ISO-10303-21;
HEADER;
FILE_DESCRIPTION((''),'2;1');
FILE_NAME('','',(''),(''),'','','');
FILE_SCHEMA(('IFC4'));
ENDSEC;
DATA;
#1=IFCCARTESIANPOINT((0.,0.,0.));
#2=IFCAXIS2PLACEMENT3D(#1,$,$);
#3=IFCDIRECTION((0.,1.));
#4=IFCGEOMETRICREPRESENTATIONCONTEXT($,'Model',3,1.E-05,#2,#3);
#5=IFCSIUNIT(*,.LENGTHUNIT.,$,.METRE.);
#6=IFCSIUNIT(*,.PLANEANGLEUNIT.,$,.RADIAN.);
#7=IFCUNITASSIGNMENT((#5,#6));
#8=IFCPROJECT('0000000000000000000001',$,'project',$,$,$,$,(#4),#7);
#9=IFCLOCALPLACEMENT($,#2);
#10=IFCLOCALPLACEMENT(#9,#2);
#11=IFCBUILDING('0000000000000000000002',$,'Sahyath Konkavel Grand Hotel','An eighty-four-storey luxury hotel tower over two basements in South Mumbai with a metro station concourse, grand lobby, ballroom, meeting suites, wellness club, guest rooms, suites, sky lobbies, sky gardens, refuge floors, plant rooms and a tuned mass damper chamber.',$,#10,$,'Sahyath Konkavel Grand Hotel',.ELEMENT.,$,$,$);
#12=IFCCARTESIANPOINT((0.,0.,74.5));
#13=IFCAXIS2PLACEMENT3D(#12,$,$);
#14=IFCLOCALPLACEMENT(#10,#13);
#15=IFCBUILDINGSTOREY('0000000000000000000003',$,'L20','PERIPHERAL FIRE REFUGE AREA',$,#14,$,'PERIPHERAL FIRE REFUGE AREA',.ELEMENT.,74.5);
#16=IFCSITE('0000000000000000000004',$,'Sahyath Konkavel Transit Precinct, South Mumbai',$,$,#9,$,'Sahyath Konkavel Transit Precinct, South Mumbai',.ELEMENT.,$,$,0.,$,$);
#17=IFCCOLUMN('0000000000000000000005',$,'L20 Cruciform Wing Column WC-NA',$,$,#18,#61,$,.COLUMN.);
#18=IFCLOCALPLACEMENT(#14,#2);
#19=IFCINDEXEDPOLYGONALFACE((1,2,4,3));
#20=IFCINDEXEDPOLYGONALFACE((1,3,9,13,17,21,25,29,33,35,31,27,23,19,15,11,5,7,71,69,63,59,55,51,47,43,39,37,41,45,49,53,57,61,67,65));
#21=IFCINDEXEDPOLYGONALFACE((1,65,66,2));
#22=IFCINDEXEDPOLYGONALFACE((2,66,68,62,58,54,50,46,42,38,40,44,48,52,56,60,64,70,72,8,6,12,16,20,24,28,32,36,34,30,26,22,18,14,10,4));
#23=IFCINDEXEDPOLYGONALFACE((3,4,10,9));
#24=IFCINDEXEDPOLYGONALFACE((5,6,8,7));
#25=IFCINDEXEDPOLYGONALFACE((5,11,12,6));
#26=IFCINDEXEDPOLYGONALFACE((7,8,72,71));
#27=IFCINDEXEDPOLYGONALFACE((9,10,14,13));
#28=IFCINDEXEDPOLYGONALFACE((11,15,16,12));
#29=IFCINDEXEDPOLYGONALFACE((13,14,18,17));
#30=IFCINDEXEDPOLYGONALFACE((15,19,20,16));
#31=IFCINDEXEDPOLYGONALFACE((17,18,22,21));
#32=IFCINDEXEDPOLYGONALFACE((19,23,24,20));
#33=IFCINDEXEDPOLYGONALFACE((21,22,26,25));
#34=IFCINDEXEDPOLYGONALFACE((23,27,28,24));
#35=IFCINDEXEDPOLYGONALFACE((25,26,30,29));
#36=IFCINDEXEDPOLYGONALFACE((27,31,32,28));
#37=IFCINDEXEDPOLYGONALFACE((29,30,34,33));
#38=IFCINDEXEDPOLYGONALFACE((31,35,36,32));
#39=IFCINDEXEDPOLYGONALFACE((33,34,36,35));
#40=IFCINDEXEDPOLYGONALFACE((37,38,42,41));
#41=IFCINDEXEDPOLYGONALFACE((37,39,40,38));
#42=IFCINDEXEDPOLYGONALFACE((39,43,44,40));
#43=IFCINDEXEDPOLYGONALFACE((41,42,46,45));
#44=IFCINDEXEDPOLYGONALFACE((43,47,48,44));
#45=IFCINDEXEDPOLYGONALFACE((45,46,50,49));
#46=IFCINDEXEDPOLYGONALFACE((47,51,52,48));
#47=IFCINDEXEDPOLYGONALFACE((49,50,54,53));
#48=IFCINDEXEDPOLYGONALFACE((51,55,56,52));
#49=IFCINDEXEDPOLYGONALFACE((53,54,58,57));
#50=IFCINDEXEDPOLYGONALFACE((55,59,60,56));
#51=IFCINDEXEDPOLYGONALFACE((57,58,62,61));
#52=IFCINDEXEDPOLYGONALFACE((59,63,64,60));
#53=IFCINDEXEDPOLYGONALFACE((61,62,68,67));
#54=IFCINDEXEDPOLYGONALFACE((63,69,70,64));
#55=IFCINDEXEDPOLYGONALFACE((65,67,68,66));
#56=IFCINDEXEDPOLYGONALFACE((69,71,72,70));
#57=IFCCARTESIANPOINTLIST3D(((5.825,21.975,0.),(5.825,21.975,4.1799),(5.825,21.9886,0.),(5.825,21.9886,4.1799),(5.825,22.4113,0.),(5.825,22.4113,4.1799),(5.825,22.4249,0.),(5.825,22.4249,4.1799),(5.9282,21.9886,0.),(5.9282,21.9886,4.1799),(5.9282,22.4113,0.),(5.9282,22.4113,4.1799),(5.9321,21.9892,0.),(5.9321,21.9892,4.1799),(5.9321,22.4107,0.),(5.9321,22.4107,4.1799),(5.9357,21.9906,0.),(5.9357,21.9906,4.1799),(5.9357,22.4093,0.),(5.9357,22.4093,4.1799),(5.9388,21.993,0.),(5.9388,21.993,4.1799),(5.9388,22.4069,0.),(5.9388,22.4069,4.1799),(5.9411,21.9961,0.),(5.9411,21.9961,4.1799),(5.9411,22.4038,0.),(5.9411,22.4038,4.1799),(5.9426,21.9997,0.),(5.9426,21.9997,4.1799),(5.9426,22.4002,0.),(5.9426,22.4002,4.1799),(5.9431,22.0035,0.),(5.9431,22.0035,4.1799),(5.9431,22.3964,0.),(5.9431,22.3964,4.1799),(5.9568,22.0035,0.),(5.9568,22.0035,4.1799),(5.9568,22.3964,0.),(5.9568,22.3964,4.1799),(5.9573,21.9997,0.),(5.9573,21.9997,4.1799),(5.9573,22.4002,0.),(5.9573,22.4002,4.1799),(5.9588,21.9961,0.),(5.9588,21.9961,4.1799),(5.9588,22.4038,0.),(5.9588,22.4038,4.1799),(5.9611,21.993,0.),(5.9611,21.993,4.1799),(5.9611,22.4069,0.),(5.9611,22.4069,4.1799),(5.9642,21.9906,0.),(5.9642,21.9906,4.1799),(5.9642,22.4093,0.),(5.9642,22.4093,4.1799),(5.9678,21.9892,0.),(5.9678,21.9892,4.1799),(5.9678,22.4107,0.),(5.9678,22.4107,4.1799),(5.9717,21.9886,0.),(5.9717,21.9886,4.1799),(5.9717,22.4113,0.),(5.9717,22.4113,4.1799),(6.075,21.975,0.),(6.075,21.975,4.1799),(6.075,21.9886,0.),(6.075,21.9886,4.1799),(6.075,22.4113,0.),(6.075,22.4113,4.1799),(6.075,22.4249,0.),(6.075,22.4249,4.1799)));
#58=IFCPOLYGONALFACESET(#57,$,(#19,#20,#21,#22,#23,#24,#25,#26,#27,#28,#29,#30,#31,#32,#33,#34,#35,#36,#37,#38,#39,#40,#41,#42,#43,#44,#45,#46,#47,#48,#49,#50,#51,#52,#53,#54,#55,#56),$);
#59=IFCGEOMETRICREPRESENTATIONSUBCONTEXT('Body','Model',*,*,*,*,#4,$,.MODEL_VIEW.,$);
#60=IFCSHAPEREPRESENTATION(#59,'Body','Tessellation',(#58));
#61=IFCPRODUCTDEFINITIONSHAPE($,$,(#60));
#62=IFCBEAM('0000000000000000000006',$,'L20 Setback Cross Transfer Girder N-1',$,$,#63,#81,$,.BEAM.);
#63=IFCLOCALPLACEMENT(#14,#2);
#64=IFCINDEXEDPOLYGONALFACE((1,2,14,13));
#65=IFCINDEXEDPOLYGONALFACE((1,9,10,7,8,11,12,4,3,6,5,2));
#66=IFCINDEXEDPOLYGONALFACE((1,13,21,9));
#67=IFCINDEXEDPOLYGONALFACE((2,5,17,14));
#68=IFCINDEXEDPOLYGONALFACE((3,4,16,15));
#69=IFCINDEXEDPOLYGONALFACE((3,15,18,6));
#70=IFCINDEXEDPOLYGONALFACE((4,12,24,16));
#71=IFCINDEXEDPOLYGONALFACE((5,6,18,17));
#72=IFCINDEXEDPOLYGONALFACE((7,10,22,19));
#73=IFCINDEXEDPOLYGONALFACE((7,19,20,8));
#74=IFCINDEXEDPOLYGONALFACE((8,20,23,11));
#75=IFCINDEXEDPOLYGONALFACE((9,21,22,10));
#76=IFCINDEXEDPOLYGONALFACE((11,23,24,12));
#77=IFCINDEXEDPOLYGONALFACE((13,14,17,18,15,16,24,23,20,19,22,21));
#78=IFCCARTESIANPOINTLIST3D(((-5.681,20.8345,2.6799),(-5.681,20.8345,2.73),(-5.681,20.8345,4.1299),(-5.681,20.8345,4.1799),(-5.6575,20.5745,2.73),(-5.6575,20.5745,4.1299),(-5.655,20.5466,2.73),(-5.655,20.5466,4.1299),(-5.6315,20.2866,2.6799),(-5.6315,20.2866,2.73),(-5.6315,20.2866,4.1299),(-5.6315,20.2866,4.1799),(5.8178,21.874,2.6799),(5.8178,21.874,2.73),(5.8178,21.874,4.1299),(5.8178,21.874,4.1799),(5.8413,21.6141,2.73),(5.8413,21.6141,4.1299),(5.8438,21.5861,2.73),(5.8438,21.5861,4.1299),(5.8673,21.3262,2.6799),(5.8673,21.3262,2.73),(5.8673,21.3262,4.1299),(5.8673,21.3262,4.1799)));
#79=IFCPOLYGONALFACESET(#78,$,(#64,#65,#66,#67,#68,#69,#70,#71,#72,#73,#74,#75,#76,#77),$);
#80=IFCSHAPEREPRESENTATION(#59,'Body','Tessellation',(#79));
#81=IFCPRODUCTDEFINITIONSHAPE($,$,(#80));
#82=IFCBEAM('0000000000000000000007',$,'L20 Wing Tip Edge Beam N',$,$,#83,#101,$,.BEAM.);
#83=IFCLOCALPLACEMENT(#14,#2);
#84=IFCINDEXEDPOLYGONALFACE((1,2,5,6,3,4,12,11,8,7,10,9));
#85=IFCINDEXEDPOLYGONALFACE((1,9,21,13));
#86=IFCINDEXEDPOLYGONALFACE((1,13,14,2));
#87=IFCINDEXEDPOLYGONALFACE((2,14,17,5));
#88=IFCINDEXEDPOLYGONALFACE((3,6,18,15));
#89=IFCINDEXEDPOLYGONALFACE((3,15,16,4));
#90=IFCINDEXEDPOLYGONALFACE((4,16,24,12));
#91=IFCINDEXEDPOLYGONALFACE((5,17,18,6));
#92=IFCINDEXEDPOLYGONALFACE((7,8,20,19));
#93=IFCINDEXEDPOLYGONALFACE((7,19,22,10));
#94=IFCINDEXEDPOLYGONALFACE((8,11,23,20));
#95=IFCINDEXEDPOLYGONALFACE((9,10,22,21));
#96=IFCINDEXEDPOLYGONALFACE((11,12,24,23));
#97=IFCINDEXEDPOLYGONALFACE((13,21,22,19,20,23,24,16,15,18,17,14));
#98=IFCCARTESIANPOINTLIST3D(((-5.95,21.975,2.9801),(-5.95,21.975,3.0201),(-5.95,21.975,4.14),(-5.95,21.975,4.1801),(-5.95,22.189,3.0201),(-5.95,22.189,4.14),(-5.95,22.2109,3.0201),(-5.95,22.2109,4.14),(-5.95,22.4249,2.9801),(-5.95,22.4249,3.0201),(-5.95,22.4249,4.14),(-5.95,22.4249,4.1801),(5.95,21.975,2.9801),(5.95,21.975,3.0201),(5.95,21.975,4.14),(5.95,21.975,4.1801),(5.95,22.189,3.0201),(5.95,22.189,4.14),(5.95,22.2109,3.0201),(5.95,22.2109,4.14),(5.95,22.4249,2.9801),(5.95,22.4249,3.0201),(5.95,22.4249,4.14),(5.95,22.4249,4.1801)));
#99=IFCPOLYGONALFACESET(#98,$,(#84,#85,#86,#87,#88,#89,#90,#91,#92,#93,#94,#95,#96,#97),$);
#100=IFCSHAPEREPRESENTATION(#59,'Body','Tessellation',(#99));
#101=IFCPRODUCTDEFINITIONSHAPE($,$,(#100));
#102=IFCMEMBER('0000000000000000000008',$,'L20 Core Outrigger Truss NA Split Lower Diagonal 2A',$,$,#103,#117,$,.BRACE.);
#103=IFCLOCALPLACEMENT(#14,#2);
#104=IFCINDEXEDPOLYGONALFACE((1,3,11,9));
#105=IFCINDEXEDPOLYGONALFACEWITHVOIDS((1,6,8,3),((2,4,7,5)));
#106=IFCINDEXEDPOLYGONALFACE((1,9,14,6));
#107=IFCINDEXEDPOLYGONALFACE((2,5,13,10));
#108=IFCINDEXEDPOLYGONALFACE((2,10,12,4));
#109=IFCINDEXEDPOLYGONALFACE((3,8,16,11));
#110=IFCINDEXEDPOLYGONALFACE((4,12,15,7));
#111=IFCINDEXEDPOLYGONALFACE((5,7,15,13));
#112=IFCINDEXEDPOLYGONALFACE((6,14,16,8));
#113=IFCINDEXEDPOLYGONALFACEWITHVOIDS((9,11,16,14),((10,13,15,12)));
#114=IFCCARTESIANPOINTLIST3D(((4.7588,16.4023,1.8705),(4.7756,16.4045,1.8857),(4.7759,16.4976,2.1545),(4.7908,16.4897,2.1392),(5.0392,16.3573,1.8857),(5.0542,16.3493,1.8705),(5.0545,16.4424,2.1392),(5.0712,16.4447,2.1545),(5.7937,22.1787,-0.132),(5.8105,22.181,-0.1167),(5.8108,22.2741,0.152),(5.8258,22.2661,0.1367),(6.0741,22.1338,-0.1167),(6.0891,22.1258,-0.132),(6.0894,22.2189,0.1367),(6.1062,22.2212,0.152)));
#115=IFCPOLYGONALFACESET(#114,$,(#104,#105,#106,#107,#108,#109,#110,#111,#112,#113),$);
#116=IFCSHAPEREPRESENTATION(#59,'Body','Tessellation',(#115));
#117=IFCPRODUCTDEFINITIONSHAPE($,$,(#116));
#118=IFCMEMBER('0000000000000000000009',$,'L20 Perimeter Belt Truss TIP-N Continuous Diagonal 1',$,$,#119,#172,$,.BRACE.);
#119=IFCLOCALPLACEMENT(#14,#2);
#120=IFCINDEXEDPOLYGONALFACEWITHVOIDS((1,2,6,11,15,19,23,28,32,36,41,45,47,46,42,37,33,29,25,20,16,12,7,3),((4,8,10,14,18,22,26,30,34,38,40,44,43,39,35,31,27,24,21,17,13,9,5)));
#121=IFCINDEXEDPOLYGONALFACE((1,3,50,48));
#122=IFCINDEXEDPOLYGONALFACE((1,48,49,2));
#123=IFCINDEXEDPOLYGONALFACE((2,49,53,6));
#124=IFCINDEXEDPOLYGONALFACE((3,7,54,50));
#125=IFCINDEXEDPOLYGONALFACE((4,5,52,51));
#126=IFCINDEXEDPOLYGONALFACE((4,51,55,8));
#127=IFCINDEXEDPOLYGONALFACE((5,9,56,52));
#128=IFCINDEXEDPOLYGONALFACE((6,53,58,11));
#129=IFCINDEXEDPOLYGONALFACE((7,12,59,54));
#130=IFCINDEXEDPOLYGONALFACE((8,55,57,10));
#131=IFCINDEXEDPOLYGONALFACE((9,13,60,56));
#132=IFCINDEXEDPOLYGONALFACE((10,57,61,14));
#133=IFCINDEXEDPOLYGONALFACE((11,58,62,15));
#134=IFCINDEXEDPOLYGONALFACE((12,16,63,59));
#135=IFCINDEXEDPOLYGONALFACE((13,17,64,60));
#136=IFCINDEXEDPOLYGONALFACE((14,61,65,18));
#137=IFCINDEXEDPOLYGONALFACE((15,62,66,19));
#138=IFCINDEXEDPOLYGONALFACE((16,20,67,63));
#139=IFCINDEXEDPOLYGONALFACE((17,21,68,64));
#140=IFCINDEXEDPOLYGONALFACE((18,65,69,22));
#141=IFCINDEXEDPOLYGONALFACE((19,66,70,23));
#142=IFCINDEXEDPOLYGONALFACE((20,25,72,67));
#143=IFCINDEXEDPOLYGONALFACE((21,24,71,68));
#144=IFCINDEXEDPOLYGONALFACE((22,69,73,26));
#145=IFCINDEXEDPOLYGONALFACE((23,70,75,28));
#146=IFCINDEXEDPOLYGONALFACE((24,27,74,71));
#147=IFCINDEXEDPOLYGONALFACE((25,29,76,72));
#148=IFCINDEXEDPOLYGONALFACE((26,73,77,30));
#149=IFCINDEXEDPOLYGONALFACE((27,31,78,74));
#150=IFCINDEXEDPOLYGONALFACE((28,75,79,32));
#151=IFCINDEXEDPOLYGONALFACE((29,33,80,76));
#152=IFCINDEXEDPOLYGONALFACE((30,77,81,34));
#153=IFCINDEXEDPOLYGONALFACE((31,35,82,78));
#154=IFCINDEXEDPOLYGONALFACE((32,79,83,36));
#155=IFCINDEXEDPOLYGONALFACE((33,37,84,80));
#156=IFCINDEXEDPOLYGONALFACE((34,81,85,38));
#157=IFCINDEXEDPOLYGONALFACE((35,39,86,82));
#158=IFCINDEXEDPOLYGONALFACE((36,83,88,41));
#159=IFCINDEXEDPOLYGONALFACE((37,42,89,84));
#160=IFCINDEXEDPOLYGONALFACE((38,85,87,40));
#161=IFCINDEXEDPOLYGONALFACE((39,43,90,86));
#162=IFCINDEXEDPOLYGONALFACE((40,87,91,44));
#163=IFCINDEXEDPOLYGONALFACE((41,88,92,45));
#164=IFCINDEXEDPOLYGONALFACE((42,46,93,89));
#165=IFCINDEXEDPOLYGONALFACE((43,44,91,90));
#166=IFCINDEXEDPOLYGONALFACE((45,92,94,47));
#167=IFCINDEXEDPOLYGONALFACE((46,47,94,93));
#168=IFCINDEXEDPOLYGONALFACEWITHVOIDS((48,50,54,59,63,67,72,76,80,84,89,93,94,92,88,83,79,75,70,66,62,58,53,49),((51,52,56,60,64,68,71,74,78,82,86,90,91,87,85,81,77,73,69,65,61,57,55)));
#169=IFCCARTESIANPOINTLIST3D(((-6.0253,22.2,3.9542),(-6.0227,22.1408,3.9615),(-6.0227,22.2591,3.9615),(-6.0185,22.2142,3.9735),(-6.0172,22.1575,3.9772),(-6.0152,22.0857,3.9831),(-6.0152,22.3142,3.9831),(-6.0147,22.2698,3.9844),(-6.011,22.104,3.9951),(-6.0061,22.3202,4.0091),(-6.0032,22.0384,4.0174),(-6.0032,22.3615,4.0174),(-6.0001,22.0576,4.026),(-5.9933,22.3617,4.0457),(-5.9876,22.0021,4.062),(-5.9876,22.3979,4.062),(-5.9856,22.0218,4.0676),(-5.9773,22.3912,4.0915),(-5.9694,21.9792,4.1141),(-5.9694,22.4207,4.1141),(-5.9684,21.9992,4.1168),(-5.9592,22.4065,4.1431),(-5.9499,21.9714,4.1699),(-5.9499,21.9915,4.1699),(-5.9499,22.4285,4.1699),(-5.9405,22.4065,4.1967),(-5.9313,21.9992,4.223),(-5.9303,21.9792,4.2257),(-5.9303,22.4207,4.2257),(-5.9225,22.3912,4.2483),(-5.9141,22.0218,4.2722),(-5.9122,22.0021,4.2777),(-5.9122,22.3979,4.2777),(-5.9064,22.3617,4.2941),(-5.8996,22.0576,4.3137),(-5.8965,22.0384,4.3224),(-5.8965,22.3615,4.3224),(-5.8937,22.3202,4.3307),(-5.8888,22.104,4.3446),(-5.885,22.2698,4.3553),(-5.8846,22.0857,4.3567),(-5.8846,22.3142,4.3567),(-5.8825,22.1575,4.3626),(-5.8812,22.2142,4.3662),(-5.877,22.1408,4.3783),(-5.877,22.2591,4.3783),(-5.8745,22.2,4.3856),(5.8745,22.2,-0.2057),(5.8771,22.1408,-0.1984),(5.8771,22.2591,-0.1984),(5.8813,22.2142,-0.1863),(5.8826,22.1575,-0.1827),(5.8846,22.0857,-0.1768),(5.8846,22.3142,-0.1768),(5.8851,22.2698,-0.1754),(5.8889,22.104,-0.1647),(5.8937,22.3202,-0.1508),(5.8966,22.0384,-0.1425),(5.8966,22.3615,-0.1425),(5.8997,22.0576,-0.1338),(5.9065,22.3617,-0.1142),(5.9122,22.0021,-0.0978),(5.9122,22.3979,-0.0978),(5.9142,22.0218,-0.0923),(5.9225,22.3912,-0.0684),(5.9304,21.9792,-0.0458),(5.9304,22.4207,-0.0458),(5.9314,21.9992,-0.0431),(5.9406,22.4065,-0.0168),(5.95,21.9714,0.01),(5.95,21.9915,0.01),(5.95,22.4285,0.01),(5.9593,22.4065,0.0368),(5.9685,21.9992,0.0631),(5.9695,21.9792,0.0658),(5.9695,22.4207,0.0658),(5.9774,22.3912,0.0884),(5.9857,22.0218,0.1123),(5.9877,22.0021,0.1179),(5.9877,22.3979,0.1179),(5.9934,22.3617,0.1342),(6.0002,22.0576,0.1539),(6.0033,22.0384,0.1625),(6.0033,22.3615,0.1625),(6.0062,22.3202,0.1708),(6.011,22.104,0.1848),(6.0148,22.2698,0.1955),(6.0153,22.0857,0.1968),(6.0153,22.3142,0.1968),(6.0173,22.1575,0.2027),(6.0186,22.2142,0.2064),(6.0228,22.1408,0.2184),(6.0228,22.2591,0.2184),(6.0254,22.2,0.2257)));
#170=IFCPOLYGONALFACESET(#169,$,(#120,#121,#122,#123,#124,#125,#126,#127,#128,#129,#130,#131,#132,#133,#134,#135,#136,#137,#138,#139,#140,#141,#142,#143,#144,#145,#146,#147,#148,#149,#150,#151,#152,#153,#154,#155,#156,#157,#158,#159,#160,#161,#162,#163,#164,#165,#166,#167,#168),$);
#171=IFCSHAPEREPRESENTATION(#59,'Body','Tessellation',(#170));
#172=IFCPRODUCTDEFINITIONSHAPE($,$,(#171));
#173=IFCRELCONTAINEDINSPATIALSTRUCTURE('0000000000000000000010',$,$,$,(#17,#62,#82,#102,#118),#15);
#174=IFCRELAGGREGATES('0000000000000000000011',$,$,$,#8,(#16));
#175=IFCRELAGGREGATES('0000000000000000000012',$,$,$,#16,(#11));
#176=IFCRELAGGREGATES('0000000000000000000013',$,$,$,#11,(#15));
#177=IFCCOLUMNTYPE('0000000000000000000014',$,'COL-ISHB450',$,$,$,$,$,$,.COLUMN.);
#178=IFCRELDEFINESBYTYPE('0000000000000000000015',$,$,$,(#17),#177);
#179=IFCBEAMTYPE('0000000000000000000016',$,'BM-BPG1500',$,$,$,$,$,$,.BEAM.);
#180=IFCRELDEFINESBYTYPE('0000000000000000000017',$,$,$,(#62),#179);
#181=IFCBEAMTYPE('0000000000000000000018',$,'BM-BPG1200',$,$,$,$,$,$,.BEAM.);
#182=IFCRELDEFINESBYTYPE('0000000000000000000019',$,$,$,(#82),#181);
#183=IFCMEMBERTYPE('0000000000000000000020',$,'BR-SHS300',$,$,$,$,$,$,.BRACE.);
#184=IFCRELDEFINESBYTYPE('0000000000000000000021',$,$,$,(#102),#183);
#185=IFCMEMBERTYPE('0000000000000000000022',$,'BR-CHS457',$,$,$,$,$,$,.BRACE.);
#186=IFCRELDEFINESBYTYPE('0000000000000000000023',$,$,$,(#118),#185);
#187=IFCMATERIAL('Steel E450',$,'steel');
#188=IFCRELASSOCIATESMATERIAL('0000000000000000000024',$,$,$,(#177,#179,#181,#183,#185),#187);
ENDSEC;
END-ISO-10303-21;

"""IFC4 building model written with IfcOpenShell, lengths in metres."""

from ifc_helpers import new_model, si_unit, direction, frame, origin, origin_2d, place, context, subcontext, project, spatial, hollow_rectangle, hollow_circle, i_section, extrude, source, transform, mapped, material, material_profile, profile_set, type_object, element, save


model = new_model("IFC4")

# Units and contexts
model_context = context("Model", 3, precision=1e-05, world=origin(), true_north=direction((0.0, 1.0)))
body_context = subcontext(model_context, "Body", "Model", "MODEL_VIEW")
ifc_project = project(units=[si_unit("LENGTHUNIT", "METRE"), si_unit("PLANEANGLEUNIT", "RADIAN")], contexts=[model_context])

# Site, building, storey
site_placement = place(None, origin())
site = spatial("IfcSite", under=ifc_project, at=site_placement, Name="Sahyath Konkavel Transit Precinct, South Mumbai", LongName="Sahyath Konkavel Transit Precinct, South Mumbai", CompositionType="ELEMENT", RefElevation=0.0)
building_placement = place(site_placement, origin())
building = spatial("IfcBuilding", under=site, at=building_placement, Name="Sahyath Konkavel Grand Hotel", Description="An eighty-four-storey luxury hotel tower over two basements in South Mumbai with a metro station concourse, grand lobby, ballroom, meeting suites, wellness club, guest rooms, suites, sky lobbies, sky gardens, refuge floors, plant rooms and a tuned mass damper chamber.", LongName="Sahyath Konkavel Grand Hotel", CompositionType="ELEMENT")
storey_placement = place(building_placement, frame((0.0, 0.0, 74.5)))
storey = spatial("IfcBuildingStorey", under=building, at=storey_placement, Name="L20", Description="PERIPHERAL FIRE REFUGE AREA", LongName="PERIPHERAL FIRE REFUGE AREA", CompositionType="ELEMENT", Elevation=74.5)

# Column
ifc_material_1 = material(Name="Steel E450", Category="steel")
ifc_material_profile_1 = material_profile(ifc_material_1, i_section(OverallWidth=0.25, OverallDepth=0.45, WebThickness=0.0137, FlangeThickness=0.0137, FilletRadius=0.0149, at=origin_2d()), Name="ISHB 450")
ifc_profile_set_1 = profile_set([ifc_material_profile_1], Name="Steel E450")
column_type = type_object("IfcColumnType", Name="COL-ISHB450", PredefinedType="COLUMN", material=ifc_profile_set_1)
shared_shape_1 = source(origin(), body_context, "Body", "SweptSolid", [
    extrude(i_section(OverallWidth=0.25, OverallDepth=0.45, WebThickness=0.0137, FlangeThickness=0.0137, FilletRadius=0.0149, at=origin_2d()), origin(), (0.0, 0.0, 1.0), 4.1799),
])
column_placement = place(storey_placement, frame((5.95, 22.2, 0.0), z_axis=(0.0, 0.0, 1.0), x_axis=(1.0, 0.0, 0.0)))
element("IfcColumn", 1, at=column_placement, inside=storey, type_object=column_type, Name="L20 Cruciform Wing Column WC-NA", PredefinedType="COLUMN", context=body_context, shape_type="MappedRepresentation", body=[
    mapped(shared_shape_1, transform((0.0, 0.0, 0.0), scale=1.0)),
])

# Beams
ifc_material_profile_2 = material_profile(ifc_material_1, i_section(OverallWidth=0.55, OverallDepth=1.5, WebThickness=0.0281, FlangeThickness=0.05, at=origin_2d()), Name="BPG 1500x550")
ifc_profile_set_2 = profile_set([ifc_material_profile_2], Name="Steel E450")
beam_type_1 = type_object("IfcBeamType", Name="BM-BPG1500", PredefinedType="BEAM", material=ifc_profile_set_2)
shared_shape_2 = source(origin(), body_context, "Body", "SweptSolid", [
    extrude(i_section(OverallWidth=0.55, OverallDepth=1.5, WebThickness=0.0281, FlangeThickness=0.05, at=origin_2d()), origin(), (0.0, 0.0, 1.0), 11.5457),
])
beam_1_placement = place(storey_placement, frame((5.8425, 21.6001, 3.4299), z_axis=(-0.995938, -0.090038, 0.0), x_axis=(0.090038, -0.995938, 0.0)))
element("IfcBeam", 2, at=beam_1_placement, inside=storey, type_object=beam_type_1, Name="L20 Setback Cross Transfer Girder N-1", PredefinedType="BEAM", context=body_context, shape_type="MappedRepresentation", body=[
    mapped(shared_shape_2, transform((0.0, 0.0, 0.0), scale=1.0)),
])
ifc_material_profile_3 = material_profile(ifc_material_1, i_section(OverallWidth=0.45, OverallDepth=1.2, WebThickness=0.022, FlangeThickness=0.04, at=origin_2d()), Name="BPG 1200x450")
ifc_profile_set_3 = profile_set([ifc_material_profile_3], Name="Steel E450")
beam_type_2 = type_object("IfcBeamType", Name="BM-BPG1200", PredefinedType="BEAM", material=ifc_profile_set_3)
shared_shape_3 = source(origin(), body_context, "Body", "SweptSolid", [
    extrude(i_section(OverallWidth=0.45, OverallDepth=1.2, WebThickness=0.022, FlangeThickness=0.04, at=origin_2d()), origin(), (0.0, 0.0, 1.0), 11.8999),
])
beam_2_placement = place(storey_placement, frame((5.95, 22.2, 3.5801), z_axis=(-1.0, 0.0, 0.0), x_axis=(0.0, -1.0, 0.0)))
element("IfcBeam", 3, at=beam_2_placement, inside=storey, type_object=beam_type_2, Name="L20 Wing Tip Edge Beam N", PredefinedType="BEAM", context=body_context, shape_type="MappedRepresentation", body=[
    mapped(shared_shape_3, transform((0.0, 0.0, 0.0), scale=1.0)),
])

# Members
ifc_material_profile_4 = material_profile(ifc_material_1, hollow_rectangle(XDim=0.3, YDim=0.3, WallThickness=0.0161, at=origin_2d()), Name="SHS 300x300x16")
ifc_profile_set_4 = profile_set([ifc_material_profile_4], Name="Steel E450")
member_type_1 = type_object("IfcMemberType", Name="BR-SHS300", PredefinedType="BRACE", material=ifc_profile_set_4)
shared_shape_4 = source(origin(), body_context, "Body", "SweptSolid", [
    extrude(hollow_rectangle(XDim=0.3, YDim=0.3, WallThickness=0.0161, at=origin_2d()), origin(), (0.0, 0.0, 1.0), 6.2007),
])
member_1_placement = place(storey_placement, frame((5.95, 22.2, 0.01), z_axis=(-0.166906, -0.931584, 0.322944), x_axis=(0.984327, -0.176355, 0.0)))
element("IfcMember", 4, at=member_1_placement, inside=storey, type_object=member_type_1, Name="L20 Core Outrigger Truss NA Split Lower Diagonal 2A", PredefinedType="BRACE", context=body_context, shape_type="MappedRepresentation", body=[
    mapped(shared_shape_4, transform((0.0, 0.0, 0.0), scale=1.0)),
])
ifc_material_profile_5 = material_profile(ifc_material_1, hollow_circle(Radius=0.2285, WallThickness=0.02, at=origin_2d()), Name="CHS 457.0x20")
ifc_profile_set_5 = profile_set([ifc_material_profile_5], Name="Steel E450")
member_type_2 = type_object("IfcMemberType", Name="BR-CHS457", PredefinedType="BRACE", material=ifc_profile_set_5)
shared_shape_5 = source(origin(), body_context, "Body", "SweptSolid", [
    extrude(hollow_circle(Radius=0.2285, WallThickness=0.02, at=origin_2d()), origin(), (0.0, 0.0, 1.0), 12.606),
])
member_2_placement = place(storey_placement, frame((5.95, 22.2, 0.01), z_axis=(-0.943983, 0.0, 0.329993), x_axis=(0.0, -1.0, 0.0)))
element("IfcMember", 5, at=member_2_placement, inside=storey, type_object=member_type_2, Name="L20 Perimeter Belt Truss TIP-N Continuous Diagonal 1", PredefinedType="BRACE", context=body_context, shape_type="MappedRepresentation", body=[
    mapped(shared_shape_5, transform((0.0, 0.0, 0.0), scale=1.0)),
])

save(model, "model.ifc")
